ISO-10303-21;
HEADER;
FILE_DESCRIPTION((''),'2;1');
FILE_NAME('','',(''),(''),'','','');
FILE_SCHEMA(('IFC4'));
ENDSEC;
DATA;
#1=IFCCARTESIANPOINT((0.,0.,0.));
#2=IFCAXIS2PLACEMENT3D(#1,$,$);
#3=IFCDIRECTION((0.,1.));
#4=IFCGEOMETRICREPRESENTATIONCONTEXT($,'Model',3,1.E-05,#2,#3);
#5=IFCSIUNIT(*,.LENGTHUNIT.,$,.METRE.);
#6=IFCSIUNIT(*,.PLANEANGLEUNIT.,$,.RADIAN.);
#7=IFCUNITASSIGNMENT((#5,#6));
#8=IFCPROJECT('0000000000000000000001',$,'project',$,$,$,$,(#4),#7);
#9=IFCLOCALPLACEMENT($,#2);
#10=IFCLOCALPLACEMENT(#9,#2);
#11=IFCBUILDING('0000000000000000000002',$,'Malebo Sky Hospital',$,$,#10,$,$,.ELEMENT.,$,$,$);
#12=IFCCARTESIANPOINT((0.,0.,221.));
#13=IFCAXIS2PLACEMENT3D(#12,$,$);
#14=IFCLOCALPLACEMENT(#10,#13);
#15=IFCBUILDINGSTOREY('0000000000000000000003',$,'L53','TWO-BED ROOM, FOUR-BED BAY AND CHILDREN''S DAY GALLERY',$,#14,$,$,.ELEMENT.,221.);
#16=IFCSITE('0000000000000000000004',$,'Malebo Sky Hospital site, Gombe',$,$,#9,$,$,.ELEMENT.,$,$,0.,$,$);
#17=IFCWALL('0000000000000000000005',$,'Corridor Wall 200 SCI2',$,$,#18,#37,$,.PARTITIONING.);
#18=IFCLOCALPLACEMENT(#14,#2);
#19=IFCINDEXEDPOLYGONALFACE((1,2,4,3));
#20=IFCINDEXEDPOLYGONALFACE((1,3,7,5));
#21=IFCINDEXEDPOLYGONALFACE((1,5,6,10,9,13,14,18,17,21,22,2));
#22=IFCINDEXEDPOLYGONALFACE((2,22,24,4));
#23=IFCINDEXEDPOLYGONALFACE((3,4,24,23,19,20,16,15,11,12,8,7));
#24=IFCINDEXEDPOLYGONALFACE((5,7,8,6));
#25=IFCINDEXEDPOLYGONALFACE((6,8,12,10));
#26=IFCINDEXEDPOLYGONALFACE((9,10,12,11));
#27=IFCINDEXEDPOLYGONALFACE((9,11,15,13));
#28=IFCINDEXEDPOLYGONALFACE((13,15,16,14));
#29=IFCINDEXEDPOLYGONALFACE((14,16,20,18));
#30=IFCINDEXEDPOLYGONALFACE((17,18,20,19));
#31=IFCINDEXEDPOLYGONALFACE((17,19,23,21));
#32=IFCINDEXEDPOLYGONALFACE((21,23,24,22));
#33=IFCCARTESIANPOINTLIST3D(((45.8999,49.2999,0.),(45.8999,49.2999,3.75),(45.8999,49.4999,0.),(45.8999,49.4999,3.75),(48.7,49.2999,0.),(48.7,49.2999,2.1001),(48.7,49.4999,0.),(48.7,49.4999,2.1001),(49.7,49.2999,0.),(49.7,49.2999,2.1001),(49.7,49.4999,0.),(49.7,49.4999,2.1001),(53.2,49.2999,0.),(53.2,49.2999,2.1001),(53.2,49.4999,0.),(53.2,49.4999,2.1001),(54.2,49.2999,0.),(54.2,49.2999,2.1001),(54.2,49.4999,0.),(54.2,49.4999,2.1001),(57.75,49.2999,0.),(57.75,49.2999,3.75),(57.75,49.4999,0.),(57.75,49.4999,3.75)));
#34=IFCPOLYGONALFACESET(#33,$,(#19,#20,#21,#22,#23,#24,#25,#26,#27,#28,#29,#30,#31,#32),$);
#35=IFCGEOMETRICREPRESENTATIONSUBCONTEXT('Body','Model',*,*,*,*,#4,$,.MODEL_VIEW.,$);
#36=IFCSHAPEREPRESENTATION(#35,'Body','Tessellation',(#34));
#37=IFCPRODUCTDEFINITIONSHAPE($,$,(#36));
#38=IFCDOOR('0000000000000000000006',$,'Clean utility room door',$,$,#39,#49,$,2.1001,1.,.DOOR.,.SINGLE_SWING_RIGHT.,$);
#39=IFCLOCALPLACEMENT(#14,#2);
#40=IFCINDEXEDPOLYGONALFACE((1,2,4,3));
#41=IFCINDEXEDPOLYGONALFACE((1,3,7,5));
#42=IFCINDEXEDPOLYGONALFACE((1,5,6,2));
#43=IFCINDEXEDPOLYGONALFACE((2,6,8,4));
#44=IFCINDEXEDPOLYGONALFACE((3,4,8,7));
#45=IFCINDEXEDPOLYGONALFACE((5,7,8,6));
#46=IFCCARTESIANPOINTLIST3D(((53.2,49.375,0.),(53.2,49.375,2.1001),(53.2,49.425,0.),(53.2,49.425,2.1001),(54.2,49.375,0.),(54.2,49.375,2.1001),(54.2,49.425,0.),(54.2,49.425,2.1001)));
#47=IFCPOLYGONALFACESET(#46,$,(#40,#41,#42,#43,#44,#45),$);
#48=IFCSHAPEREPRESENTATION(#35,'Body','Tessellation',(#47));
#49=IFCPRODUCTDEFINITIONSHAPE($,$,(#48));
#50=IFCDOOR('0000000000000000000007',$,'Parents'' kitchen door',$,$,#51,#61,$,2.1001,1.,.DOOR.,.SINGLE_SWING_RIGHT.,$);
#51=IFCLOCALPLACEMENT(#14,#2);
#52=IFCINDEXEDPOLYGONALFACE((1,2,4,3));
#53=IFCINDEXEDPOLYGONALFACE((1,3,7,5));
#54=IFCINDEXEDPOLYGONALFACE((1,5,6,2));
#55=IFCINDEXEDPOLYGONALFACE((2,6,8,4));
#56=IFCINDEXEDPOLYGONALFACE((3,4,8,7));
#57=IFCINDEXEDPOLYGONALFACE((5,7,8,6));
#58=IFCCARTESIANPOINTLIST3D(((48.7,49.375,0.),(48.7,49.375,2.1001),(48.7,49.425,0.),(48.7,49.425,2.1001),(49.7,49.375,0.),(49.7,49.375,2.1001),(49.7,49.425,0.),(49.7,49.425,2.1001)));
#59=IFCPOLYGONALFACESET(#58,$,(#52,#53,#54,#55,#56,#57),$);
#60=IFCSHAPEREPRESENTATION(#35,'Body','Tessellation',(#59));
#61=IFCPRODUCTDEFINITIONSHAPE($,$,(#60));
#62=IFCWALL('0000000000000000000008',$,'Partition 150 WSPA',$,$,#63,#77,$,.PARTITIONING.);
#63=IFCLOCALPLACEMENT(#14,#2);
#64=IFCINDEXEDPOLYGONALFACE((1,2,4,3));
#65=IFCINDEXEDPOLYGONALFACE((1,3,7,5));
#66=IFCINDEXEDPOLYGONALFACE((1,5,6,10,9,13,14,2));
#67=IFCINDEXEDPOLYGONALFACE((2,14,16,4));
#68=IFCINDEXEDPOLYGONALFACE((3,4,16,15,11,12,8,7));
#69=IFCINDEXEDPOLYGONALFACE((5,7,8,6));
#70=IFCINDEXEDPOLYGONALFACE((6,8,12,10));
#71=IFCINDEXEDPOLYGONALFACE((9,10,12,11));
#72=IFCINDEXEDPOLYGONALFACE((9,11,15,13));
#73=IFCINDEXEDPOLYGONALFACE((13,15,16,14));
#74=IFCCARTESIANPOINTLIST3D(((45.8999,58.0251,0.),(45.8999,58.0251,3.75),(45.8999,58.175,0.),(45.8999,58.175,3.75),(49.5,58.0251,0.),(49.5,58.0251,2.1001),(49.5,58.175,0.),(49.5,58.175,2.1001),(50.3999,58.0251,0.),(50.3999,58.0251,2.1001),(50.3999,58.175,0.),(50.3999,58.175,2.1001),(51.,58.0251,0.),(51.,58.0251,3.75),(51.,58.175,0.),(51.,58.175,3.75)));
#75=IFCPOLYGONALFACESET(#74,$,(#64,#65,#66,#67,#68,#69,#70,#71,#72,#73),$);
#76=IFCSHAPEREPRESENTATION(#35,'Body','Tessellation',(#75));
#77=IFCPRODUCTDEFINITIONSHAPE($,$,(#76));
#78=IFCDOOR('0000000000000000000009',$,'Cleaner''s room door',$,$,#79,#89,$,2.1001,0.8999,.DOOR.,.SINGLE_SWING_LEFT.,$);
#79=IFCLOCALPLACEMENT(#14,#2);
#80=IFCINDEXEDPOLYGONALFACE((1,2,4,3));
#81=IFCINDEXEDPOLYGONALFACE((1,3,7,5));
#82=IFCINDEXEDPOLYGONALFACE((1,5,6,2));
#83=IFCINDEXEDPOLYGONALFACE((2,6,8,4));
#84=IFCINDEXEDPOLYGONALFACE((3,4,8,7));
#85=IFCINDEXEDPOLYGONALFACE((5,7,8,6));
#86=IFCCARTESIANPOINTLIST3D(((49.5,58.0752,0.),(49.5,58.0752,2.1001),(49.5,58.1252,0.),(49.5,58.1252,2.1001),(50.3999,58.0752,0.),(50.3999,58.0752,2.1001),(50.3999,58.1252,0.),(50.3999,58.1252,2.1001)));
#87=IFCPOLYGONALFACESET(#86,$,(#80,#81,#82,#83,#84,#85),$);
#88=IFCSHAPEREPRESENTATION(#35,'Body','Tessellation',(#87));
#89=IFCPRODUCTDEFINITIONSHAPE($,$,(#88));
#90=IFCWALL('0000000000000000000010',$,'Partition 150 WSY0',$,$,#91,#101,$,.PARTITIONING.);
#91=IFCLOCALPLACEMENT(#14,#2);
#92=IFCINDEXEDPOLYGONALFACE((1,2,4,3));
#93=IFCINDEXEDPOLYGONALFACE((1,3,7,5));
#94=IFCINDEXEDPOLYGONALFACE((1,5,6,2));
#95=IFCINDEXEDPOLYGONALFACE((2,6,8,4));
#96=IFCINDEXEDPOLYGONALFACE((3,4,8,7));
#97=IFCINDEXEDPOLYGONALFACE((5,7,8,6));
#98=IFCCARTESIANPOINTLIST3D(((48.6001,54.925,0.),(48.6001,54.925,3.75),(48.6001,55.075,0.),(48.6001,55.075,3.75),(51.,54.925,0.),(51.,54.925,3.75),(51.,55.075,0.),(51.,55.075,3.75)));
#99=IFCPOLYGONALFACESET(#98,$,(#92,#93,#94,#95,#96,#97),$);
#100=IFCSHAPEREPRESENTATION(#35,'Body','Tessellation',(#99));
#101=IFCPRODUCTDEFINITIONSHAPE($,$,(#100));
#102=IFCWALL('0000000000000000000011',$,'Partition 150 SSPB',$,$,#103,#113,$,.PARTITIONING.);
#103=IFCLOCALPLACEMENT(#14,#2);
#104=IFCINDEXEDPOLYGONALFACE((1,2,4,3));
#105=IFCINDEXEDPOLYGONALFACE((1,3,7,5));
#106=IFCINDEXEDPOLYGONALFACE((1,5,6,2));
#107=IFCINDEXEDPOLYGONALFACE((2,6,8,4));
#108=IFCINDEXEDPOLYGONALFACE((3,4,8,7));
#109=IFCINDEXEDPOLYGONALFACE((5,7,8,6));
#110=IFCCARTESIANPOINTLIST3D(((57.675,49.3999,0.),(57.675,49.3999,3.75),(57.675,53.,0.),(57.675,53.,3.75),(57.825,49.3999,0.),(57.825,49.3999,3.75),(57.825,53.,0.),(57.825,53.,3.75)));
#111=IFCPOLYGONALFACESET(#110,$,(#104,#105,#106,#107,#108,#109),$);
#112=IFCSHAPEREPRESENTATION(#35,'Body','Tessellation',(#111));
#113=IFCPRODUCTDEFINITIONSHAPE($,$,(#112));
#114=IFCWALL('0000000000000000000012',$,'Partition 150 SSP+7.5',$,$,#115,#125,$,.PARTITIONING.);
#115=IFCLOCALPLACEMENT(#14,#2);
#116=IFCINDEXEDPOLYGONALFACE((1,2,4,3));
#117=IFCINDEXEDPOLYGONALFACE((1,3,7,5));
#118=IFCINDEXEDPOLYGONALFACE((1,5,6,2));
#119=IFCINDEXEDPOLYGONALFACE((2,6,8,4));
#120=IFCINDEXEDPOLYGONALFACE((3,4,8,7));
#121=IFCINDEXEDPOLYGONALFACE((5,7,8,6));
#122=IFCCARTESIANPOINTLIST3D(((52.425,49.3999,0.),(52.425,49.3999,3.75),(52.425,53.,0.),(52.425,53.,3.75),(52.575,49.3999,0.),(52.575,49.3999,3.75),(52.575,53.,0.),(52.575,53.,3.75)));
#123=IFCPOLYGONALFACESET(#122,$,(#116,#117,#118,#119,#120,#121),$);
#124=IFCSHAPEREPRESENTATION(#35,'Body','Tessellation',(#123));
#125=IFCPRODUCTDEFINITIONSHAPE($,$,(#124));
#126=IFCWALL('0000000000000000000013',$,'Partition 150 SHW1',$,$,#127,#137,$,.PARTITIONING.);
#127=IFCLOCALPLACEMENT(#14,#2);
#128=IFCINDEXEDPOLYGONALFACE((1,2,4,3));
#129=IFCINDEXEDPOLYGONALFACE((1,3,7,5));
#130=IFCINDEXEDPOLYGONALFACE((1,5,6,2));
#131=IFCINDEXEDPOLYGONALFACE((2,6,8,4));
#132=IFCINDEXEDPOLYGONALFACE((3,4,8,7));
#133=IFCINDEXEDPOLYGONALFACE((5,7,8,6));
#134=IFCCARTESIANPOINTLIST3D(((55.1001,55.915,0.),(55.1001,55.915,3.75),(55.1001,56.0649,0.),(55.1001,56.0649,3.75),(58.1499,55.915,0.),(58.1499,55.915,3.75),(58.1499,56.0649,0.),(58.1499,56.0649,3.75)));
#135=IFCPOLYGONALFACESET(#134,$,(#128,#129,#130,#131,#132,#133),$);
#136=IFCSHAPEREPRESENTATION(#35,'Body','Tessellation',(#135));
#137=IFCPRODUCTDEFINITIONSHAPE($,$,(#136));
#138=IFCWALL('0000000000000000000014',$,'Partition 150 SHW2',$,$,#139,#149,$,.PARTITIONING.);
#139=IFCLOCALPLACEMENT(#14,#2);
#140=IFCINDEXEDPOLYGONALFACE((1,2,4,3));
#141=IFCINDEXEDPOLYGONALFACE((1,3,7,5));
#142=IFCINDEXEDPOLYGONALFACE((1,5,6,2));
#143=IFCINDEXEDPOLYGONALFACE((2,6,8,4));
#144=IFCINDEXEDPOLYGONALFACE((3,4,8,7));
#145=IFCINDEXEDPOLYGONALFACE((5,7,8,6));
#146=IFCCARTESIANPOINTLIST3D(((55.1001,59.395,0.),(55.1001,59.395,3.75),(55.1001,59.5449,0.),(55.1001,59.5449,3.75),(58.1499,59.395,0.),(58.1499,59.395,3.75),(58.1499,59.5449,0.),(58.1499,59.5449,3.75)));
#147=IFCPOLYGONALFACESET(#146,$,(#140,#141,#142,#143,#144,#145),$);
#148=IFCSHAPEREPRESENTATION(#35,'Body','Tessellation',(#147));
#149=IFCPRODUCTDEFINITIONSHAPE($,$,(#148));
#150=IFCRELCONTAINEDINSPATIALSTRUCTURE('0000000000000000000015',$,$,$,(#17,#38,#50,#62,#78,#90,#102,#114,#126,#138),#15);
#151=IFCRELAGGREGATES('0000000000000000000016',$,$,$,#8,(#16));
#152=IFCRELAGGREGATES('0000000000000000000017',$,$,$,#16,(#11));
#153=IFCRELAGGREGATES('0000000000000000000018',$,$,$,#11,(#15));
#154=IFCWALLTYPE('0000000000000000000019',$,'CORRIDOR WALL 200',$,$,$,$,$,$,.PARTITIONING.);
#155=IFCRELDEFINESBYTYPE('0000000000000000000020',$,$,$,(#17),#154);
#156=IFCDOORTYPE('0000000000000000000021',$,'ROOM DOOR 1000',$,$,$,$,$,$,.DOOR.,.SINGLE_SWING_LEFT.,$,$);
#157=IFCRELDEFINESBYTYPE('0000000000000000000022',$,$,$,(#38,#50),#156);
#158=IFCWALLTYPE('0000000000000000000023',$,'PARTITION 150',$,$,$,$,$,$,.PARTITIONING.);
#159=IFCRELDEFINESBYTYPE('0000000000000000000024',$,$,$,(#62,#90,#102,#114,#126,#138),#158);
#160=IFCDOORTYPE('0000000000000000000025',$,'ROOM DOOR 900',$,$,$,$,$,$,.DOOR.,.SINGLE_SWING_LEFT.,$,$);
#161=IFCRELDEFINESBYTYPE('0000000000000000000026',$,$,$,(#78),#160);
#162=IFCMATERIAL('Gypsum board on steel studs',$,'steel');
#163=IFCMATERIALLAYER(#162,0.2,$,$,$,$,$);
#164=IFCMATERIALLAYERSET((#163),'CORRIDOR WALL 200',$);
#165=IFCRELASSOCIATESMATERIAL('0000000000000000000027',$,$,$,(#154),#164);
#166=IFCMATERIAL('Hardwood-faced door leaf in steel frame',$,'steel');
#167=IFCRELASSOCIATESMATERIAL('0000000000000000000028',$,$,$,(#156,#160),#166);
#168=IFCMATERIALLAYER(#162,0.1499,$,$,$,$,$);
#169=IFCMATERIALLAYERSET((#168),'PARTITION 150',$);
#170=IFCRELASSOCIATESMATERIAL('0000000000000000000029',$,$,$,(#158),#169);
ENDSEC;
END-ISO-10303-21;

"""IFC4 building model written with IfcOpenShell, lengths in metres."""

from ifc_helpers import new_model, si_unit, direction, frame, frame_2d, origin, place, context, subcontext, project, spatial, rectangle, extrude, material, layer, layer_set, type_object, element, fill, save


model = new_model("IFC4")

# Units and contexts
model_context = context("Model", 3, precision=1e-05, world=origin(), true_north=direction((0.0, 1.0)))
body_context = subcontext(model_context, "Body", "Model", "MODEL_VIEW")
ifc_project = project(units=[si_unit("LENGTHUNIT", "METRE"), si_unit("PLANEANGLEUNIT", "RADIAN")], contexts=[model_context])

# Site, building, storey
site_placement = place(None, origin())
site = spatial("IfcSite", under=ifc_project, at=site_placement, Name="Malebo Sky Hospital site, Gombe", CompositionType="ELEMENT", RefElevation=0.0)
building_placement = place(site_placement, origin())
building = spatial("IfcBuilding", under=site, at=building_placement, Name="Malebo Sky Hospital", CompositionType="ELEMENT")
storey_placement = place(building_placement, frame((0.0, 0.0, 221.0)))
storey = spatial("IfcBuildingStorey", under=building, at=storey_placement, Name="L53", Description="TWO-BED ROOM, FOUR-BED BAY AND CHILDREN'S DAY GALLERY", CompositionType="ELEMENT", Elevation=221.0)

# Shared definitions
ifc_material_1 = material(Name="Hardwood-faced door leaf in steel frame", Category="steel")

# Wall, openings, doors
ifc_material_2 = material(Name="Gypsum board on steel studs", Category="steel")
ifc_layer_1 = layer(ifc_material_2, 0.2)
ifc_layer_set_1 = layer_set([ifc_layer_1], Name="CORRIDOR WALL 200")
wall_type_1 = type_object("IfcWallType", Name="CORRIDOR WALL 200", PredefinedType="PARTITIONING", material=ifc_layer_set_1)
wall_1_placement = place(storey_placement, frame((57.75, 49.3999, 0.0), z_axis=(0.0, 0.0, 1.0), x_axis=(-1.0, 0.0, 0.0)))
wall_1 = element("IfcWall", 1, at=wall_1_placement, inside=storey, type_object=wall_type_1, Name="Corridor Wall 200 SCI2", PredefinedType="PARTITIONING", context=body_context, shape_type="SweptSolid", body=[
    extrude(rectangle(XDim=11.8501, YDim=0.2, at=frame_2d((5.925, 0.0))), origin(), (0.0, 0.0, 1.0), 3.75),
])
opening_1_placement = place(wall_1_placement, frame((3.55, 0.0, 0.0)))
opening_1 = element("IfcOpeningElement", 2, at=opening_1_placement, cuts=wall_1, PredefinedType="OPENING", context=body_context, shape_type="SweptSolid", body=[
    extrude(rectangle(XDim=1.0, YDim=2.1001, at=frame_2d((0.5, 1.05))), frame((0.0, 0.1099, 0.0), z_axis=(0.0, -1.0, 0.0), x_axis=(1.0, 0.0, 0.0)), (0.0, 0.0, 1.0), 0.22),
])
opening_2_placement = place(wall_1_placement, frame((8.05, 0.0, 0.0)))
opening_2 = element("IfcOpeningElement", 3, at=opening_2_placement, cuts=wall_1, PredefinedType="OPENING", context=body_context, shape_type="SweptSolid", body=[
    extrude(rectangle(XDim=1.0, YDim=2.1001, at=frame_2d((0.5, 1.05))), frame((0.0, 0.1099, 0.0), z_axis=(0.0, -1.0, 0.0), x_axis=(1.0, 0.0, 0.0)), (0.0, 0.0, 1.0), 0.22),
])
door_type_1 = type_object("IfcDoorType", Name="ROOM DOOR 1000", OperationType="SINGLE_SWING_LEFT", PredefinedType="DOOR", material=ifc_material_1)
door_1_placement = place(opening_1_placement, origin())
door_1 = element("IfcDoor", 4, at=door_1_placement, inside=storey, type_object=door_type_1, Name="Clean utility room door", OperationType="SINGLE_SWING_RIGHT", OverallHeight=2.1001, OverallWidth=1.0, PredefinedType="DOOR", context=body_context, shape_type="SweptSolid", body=[
    extrude(rectangle(XDim=1.0, YDim=2.1001, at=frame_2d((0.5, 1.05))), frame((0.0, 0.0249, 0.0), z_axis=(0.0, -1.0, 0.0), x_axis=(1.0, 0.0, 0.0)), (0.0, 0.0, 1.0), 0.05),
])
fill(opening_1, door_1)
door_2_placement = place(opening_2_placement, origin())
door_2 = element("IfcDoor", 5, at=door_2_placement, inside=storey, type_object=door_type_1, Name="Parents' kitchen door", OperationType="SINGLE_SWING_RIGHT", OverallHeight=2.1001, OverallWidth=1.0, PredefinedType="DOOR", context=body_context, shape_type="SweptSolid", body=[
    extrude(rectangle(XDim=1.0, YDim=2.1001, at=frame_2d((0.5, 1.05))), frame((0.0, 0.0249, 0.0), z_axis=(0.0, -1.0, 0.0), x_axis=(1.0, 0.0, 0.0)), (0.0, 0.0, 1.0), 0.05),
])
fill(opening_2, door_2)

# Wall, opening, door
ifc_layer_2 = layer(ifc_material_2, 0.1499)
ifc_layer_set_2 = layer_set([ifc_layer_2], Name="PARTITION 150")
wall_type_2 = type_object("IfcWallType", Name="PARTITION 150", PredefinedType="PARTITIONING", material=ifc_layer_set_2)
wall_2_placement = place(storey_placement, frame((51.0, 58.1001, 0.0), z_axis=(0.0, 0.0, 1.0), x_axis=(-1.0, 0.0, 0.0)))
wall_2 = element("IfcWall", 6, at=wall_2_placement, inside=storey, type_object=wall_type_2, Name="Partition 150 WSPA", PredefinedType="PARTITIONING", context=body_context, shape_type="SweptSolid", body=[
    extrude(rectangle(XDim=5.1001, YDim=0.1499, at=frame_2d((2.55, 0.0))), origin(), (0.0, 0.0, 1.0), 3.75),
])
opening_3_placement = place(wall_2_placement, frame((0.6001, 0.0, 0.0)))
opening_3 = element("IfcOpeningElement", 7, at=opening_3_placement, cuts=wall_2, PredefinedType="OPENING", context=body_context, shape_type="SweptSolid", body=[
    extrude(rectangle(XDim=0.8999, YDim=2.1001, at=frame_2d((0.45, 1.05))), frame((0.0, 0.085, 0.0), z_axis=(0.0, -1.0, 0.0), x_axis=(1.0, 0.0, 0.0)), (0.0, 0.0, 1.0), 0.1699),
])
door_type_2 = type_object("IfcDoorType", Name="ROOM DOOR 900", OperationType="SINGLE_SWING_LEFT", PredefinedType="DOOR", material=ifc_material_1)
door_3_placement = place(opening_3_placement, origin())
door_3 = element("IfcDoor", 8, at=door_3_placement, inside=storey, type_object=door_type_2, Name="Cleaner's room door", OperationType="SINGLE_SWING_LEFT", OverallHeight=2.1001, OverallWidth=0.8999, PredefinedType="DOOR", context=body_context, shape_type="SweptSolid", body=[
    extrude(rectangle(XDim=0.8999, YDim=2.1001, at=frame_2d((0.45, 1.05))), frame((0.0, 0.0249, 0.0), z_axis=(0.0, -1.0, 0.0), x_axis=(1.0, 0.0, 0.0)), (0.0, 0.0, 1.0), 0.05),
])
fill(opening_3, door_3)

# Walls
wall_3_placement = place(storey_placement, frame((51.0, 55.0, 0.0), z_axis=(0.0, 0.0, 1.0), x_axis=(-1.0, 0.0, 0.0)))
element("IfcWall", 9, at=wall_3_placement, inside=storey, type_object=wall_type_2, Name="Partition 150 WSY0", PredefinedType="PARTITIONING", context=body_context, shape_type="SweptSolid", body=[
    extrude(rectangle(XDim=2.3999, YDim=0.1499, at=frame_2d((1.2, 0.0))), origin(), (0.0, 0.0, 1.0), 3.75),
])
for number, where, z_axis, x_axis, name in (
    (10, (57.75, 53.0, 0.0), (0.0, 0.0, 1.0), (0.0, -1.0, 0.0), "Partition 150 SSPB"),
    (11, (52.5, 53.0, 0.0), (0.0, 0.0, 1.0), (0.0, -1.0, 0.0), "Partition 150 SSP+7.5"),
):
    element("IfcWall", number, at=place(storey_placement, frame(where, z_axis=z_axis, x_axis=x_axis)), inside=storey, type_object=wall_type_2, Name=name, PredefinedType="PARTITIONING", context=body_context, shape_type="SweptSolid", body=[
        extrude(rectangle(XDim=3.6001, YDim=0.1499, at=frame_2d((1.8, 0.0))), origin(), (0.0, 0.0, 1.0), 3.75),
    ])
for number, where, z_axis, x_axis, name in (
    (12, (55.1001, 55.99, 0.0), (0.0, 0.0, 1.0), (1.0, 0.0, 0.0), "Partition 150 SHW1"),
    (13, (55.1001, 59.47, 0.0), (0.0, 0.0, 1.0), (1.0, 0.0, 0.0), "Partition 150 SHW2"),
):
    element("IfcWall", number, at=place(storey_placement, frame(where, z_axis=z_axis, x_axis=x_axis)), inside=storey, type_object=wall_type_2, Name=name, PredefinedType="PARTITIONING", context=body_context, shape_type="SweptSolid", body=[
        extrude(rectangle(XDim=3.0498, YDim=0.1499, at=frame_2d((1.5249, 0.0))), origin(), (0.0, 0.0, 1.0), 3.75),
    ])

save(model, "model.ifc")
